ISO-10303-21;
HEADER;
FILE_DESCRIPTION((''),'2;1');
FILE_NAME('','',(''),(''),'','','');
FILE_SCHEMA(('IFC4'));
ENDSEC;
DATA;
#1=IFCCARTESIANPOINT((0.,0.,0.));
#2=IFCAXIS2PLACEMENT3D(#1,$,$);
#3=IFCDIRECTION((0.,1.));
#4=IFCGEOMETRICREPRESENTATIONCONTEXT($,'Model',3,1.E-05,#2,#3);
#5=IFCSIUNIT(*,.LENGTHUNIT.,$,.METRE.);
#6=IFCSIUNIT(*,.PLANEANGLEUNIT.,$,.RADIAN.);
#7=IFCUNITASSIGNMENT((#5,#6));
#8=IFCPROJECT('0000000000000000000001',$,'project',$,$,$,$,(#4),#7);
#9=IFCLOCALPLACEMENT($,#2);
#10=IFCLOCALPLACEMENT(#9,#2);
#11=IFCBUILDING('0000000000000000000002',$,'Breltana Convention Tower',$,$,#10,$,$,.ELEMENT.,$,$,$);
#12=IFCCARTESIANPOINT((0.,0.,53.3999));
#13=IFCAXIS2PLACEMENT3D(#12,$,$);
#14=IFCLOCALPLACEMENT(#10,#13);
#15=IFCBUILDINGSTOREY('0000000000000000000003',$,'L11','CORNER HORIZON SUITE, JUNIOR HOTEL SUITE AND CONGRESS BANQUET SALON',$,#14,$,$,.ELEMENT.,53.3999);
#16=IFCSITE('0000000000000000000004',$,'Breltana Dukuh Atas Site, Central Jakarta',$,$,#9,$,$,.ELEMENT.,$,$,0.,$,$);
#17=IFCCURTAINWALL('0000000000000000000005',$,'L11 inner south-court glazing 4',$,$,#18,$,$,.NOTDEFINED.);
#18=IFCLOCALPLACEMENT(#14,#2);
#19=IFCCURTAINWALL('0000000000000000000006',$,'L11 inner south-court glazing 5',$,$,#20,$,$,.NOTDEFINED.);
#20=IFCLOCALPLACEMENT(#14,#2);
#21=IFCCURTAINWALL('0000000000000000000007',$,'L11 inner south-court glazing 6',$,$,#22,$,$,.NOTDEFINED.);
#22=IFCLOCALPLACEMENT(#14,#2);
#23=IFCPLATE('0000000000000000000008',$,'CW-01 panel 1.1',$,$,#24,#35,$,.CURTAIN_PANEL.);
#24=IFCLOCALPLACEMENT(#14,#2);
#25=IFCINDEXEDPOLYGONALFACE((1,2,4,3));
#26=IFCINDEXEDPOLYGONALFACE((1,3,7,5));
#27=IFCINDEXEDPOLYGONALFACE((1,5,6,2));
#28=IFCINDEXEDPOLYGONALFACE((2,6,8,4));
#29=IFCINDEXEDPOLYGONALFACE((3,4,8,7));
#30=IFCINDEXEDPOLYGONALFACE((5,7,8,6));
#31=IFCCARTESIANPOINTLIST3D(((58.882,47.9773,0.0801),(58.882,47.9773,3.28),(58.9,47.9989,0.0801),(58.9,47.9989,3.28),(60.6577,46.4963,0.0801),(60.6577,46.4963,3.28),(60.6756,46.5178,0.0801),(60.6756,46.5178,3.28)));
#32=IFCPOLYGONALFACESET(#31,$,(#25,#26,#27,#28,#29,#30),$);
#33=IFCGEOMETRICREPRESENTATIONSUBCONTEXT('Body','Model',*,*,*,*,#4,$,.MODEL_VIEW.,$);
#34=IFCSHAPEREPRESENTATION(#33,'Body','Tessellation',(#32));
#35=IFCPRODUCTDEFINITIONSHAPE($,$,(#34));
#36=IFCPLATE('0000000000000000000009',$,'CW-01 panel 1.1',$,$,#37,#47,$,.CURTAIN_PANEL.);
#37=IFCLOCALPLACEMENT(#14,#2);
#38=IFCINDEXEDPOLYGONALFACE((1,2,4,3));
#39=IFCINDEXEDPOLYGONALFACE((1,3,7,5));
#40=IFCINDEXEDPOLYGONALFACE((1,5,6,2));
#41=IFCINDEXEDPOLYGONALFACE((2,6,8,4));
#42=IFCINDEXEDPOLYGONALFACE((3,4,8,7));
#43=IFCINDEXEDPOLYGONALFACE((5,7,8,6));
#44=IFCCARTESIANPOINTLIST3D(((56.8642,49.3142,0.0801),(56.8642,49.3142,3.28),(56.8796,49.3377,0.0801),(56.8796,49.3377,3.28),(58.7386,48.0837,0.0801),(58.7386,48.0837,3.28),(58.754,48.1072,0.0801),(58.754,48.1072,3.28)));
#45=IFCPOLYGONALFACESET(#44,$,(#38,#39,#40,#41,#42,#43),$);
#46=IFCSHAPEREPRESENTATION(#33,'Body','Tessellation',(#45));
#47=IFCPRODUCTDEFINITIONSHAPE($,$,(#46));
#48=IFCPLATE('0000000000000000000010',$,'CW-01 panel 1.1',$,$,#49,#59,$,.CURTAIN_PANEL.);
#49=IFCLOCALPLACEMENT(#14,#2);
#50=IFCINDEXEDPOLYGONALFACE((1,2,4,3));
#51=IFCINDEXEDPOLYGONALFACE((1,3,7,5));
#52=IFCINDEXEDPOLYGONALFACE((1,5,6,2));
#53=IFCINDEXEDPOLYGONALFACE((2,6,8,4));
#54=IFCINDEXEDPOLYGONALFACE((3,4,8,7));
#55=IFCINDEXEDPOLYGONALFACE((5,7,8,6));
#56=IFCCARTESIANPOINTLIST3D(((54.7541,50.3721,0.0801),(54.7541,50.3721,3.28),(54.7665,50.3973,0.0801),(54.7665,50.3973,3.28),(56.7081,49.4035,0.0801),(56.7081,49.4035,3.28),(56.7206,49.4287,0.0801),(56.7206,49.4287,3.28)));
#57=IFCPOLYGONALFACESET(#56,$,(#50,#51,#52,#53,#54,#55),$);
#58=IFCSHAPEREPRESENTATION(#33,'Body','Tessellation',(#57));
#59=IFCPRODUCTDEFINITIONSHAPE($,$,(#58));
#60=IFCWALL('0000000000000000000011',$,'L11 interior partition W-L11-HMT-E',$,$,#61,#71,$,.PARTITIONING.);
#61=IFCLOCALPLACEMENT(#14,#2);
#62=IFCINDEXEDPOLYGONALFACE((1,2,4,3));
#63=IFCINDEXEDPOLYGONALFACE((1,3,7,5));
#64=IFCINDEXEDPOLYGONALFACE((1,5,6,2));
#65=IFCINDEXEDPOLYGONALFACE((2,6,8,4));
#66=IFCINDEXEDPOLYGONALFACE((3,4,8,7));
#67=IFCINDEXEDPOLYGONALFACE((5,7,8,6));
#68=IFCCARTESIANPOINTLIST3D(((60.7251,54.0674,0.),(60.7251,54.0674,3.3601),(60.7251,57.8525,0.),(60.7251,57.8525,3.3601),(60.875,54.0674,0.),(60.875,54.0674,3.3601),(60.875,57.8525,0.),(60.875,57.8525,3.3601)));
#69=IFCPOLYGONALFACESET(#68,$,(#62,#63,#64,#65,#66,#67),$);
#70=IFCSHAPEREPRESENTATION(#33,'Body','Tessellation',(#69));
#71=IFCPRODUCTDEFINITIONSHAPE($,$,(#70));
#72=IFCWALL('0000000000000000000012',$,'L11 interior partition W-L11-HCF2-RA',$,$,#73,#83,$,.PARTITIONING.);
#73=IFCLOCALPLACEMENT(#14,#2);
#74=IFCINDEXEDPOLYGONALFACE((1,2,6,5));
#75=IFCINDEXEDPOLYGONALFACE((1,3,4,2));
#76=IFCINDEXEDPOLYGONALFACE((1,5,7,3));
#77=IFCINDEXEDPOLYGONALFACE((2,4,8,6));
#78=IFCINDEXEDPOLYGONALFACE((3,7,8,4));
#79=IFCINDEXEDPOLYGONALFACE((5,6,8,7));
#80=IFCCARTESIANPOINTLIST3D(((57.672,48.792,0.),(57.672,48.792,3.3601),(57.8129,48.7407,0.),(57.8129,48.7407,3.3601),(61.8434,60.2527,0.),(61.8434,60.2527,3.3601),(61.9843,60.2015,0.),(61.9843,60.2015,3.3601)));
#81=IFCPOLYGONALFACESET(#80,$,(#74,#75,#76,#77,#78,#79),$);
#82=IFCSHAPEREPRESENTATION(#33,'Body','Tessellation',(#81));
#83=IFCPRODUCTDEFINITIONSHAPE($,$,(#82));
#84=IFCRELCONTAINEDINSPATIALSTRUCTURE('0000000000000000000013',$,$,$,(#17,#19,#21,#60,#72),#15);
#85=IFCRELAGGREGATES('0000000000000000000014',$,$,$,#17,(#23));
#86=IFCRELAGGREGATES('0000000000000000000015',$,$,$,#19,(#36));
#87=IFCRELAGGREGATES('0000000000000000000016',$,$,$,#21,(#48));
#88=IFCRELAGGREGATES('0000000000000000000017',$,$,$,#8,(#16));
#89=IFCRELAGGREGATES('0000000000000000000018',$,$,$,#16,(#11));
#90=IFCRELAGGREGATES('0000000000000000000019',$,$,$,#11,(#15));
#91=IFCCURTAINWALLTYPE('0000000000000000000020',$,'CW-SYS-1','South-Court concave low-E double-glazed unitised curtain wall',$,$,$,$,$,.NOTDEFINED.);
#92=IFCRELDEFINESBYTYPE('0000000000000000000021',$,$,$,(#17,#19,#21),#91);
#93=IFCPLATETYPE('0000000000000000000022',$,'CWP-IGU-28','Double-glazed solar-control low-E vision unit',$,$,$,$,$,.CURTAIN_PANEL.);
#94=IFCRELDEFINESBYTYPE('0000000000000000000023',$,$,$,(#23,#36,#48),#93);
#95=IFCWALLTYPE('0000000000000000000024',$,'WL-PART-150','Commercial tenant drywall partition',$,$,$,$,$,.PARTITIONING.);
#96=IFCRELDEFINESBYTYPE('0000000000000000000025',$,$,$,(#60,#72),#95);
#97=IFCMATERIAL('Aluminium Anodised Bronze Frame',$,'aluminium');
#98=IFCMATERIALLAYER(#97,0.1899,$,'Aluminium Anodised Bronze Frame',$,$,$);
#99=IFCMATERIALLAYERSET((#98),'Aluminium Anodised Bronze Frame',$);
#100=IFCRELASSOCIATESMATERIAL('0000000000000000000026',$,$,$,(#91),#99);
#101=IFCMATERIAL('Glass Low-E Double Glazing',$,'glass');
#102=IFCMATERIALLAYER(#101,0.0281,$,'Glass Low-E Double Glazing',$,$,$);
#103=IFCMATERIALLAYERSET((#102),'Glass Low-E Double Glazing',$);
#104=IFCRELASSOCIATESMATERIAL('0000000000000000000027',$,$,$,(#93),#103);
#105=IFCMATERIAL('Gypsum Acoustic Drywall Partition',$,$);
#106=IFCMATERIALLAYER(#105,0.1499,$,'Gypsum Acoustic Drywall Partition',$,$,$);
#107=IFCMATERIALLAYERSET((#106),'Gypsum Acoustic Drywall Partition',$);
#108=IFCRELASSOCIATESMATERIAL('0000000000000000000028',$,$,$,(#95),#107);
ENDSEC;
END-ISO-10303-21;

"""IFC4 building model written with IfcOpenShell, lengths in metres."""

from ifc_helpers import new_model, si_unit, direction, frame, frame_2d, origin, origin_2d, place, context, subcontext, project, spatial, rectangle, extrude, source, transform, mapped, material, layer, layer_set, type_object, element, aggregate, save


model = new_model("IFC4")

# Units and contexts
model_context = context("Model", 3, precision=1e-05, world=origin(), true_north=direction((0.0, 1.0)))
body_context = subcontext(model_context, "Body", "Model", "MODEL_VIEW")
ifc_project = project(units=[si_unit("LENGTHUNIT", "METRE"), si_unit("PLANEANGLEUNIT", "RADIAN")], contexts=[model_context])

# Site, building, storey
site_placement = place(None, origin())
site = spatial("IfcSite", under=ifc_project, at=site_placement, Name="Breltana Dukuh Atas Site, Central Jakarta", CompositionType="ELEMENT", RefElevation=0.0)
building_placement = place(site_placement, origin())
building = spatial("IfcBuilding", under=site, at=building_placement, Name="Breltana Convention Tower", CompositionType="ELEMENT")
storey_placement = place(building_placement, frame((0.0, 0.0, 53.3999)))
storey = spatial("IfcBuildingStorey", under=building, at=storey_placement, Name="L11", Description="CORNER HORIZON SUITE, JUNIOR HOTEL SUITE AND CONGRESS BANQUET SALON", CompositionType="ELEMENT", Elevation=53.3999)

# Shared definitions
ifc_material_1 = material(Name="Aluminium Anodised Bronze Frame", Category="aluminium")
ifc_layer_1 = layer(ifc_material_1, 0.1899, Name="Aluminium Anodised Bronze Frame")
ifc_layer_set_1 = layer_set([ifc_layer_1], Name="Aluminium Anodised Bronze Frame")
curtain_wall_type = type_object("IfcCurtainWallType", Name="CW-SYS-1", Description="South-Court concave low-E double-glazed unitised curtain wall", PredefinedType="NOTDEFINED", material=ifc_layer_set_1)

# Curtain walls
curtain_wall_1_placement = place(storey_placement, origin())
curtain_wall_1 = element("IfcCurtainWall", 1, at=curtain_wall_1_placement, inside=storey, type_object=curtain_wall_type, Name="L11 inner south-court glazing 4", PredefinedType="NOTDEFINED")
curtain_wall_2_placement = place(storey_placement, origin())
curtain_wall_2 = element("IfcCurtainWall", 2, at=curtain_wall_2_placement, inside=storey, type_object=curtain_wall_type, Name="L11 inner south-court glazing 5", PredefinedType="NOTDEFINED")
curtain_wall_3_placement = place(storey_placement, origin())
curtain_wall_3 = element("IfcCurtainWall", 3, at=curtain_wall_3_placement, inside=storey, type_object=curtain_wall_type, Name="L11 inner south-court glazing 6", PredefinedType="NOTDEFINED")

# Plates
ifc_material_2 = material(Name="Glass Low-E Double Glazing", Category="glass")
ifc_layer_2 = layer(ifc_material_2, 0.0281, Name="Glass Low-E Double Glazing")
ifc_layer_set_2 = layer_set([ifc_layer_2], Name="Glass Low-E Double Glazing")
plate_type = type_object("IfcPlateType", Name="CWP-IGU-28", Description="Double-glazed solar-control low-E vision unit", PredefinedType="CURTAIN_PANEL", material=ifc_layer_set_2)
shared_shape_1 = source(origin(), body_context, "Body", "SweptSolid", [
    extrude(rectangle(XDim=2.3123, YDim=0.0281, at=origin_2d()), origin(), (0.0, 0.0, 1.0), 3.2),
])
plate_1_placement = place(storey_placement, frame((59.7788, 47.2476, 0.0801), z_axis=(0.0, 0.0, 1.0), x_axis=(-0.767939, 0.640523, 0.0)))
plate_1 = element("IfcPlate", 4, at=plate_1_placement, type_object=plate_type, Name="CW-01 panel 1.1", PredefinedType="CURTAIN_PANEL", context=body_context, shape_type="MappedRepresentation", body=[
    mapped(shared_shape_1, transform((0.0, 0.0, 0.0), scale=1.0)),
])
aggregate(curtain_wall_1, [plate_1])
shared_shape_2 = source(origin(), body_context, "Body", "SweptSolid", [
    extrude(rectangle(XDim=2.2422, YDim=0.0281, at=origin_2d()), origin(), (0.0, 0.0, 1.0), 3.2),
])
plate_2_placement = place(storey_placement, frame((57.8091, 48.7107, 0.0801), z_axis=(0.0, 0.0, 1.0), x_axis=(-0.835968, 0.548778, 0.0)))
plate_2 = element("IfcPlate", 5, at=plate_2_placement, type_object=plate_type, Name="CW-01 panel 1.1", PredefinedType="CURTAIN_PANEL", context=body_context, shape_type="MappedRepresentation", body=[
    mapped(shared_shape_2, transform((0.0, 0.0, 0.0), scale=1.0)),
])
aggregate(curtain_wall_2, [plate_2])
shared_shape_3 = source(origin(), body_context, "Body", "SweptSolid", [
    extrude(rectangle(XDim=2.1809, YDim=0.0281, at=origin_2d()), origin(), (0.0, 0.0, 1.0), 3.2),
])
plate_3_placement = place(storey_placement, frame((55.7373, 49.9004, 0.0801), z_axis=(0.0, 0.0, 1.0), x_axis=(-0.895968, 0.444118, 0.0)))
plate_3 = element("IfcPlate", 6, at=plate_3_placement, type_object=plate_type, Name="CW-01 panel 1.1", PredefinedType="CURTAIN_PANEL", context=body_context, shape_type="MappedRepresentation", body=[
    mapped(shared_shape_3, transform((0.0, 0.0, 0.0), scale=1.0)),
])
aggregate(curtain_wall_3, [plate_3])

# Walls
ifc_material_3 = material(Name="Gypsum Acoustic Drywall Partition")
ifc_layer_3 = layer(ifc_material_3, 0.1499, Name="Gypsum Acoustic Drywall Partition")
ifc_layer_set_3 = layer_set([ifc_layer_3], Name="Gypsum Acoustic Drywall Partition")
wall_type = type_object("IfcWallType", Name="WL-PART-150", Description="Commercial tenant drywall partition", PredefinedType="PARTITIONING", material=ifc_layer_set_3)
shared_shape_4 = source(origin(), body_context, "Body", "SweptSolid", [
    extrude(rectangle(XDim=3.7852, YDim=0.1499, at=frame_2d((1.8926, 0.0))), origin(), (0.0, 0.0, 1.0), 3.3601),
])
wall_1_placement = place(storey_placement, frame((60.8, 54.0674, 0.0), z_axis=(0.0, 0.0, 1.0), x_axis=(0.0, 1.0, 0.0)))
element("IfcWall", 7, at=wall_1_placement, inside=storey, type_object=wall_type, Name="L11 interior partition W-L11-HMT-E", PredefinedType="PARTITIONING", context=body_context, shape_type="MappedRepresentation", body=[
    mapped(shared_shape_4, transform((0.0, 0.0, 0.0), scale=1.0)),
])
shared_shape_5 = source(origin(), body_context, "Body", "SweptSolid", [
    extrude(rectangle(XDim=12.1963, YDim=0.1499, at=frame_2d((6.0981, 0.0))), origin(), (0.0, 0.0, 1.0), 3.3601),
])
wall_2_placement = place(storey_placement, frame((57.7424, 48.7664, 0.0), z_axis=(0.0, 0.0, 1.0), x_axis=(0.342023, 0.939692, 0.0)))
element("IfcWall", 8, at=wall_2_placement, inside=storey, type_object=wall_type, Name="L11 interior partition W-L11-HCF2-RA", PredefinedType="PARTITIONING", context=body_context, shape_type="MappedRepresentation", body=[
    mapped(shared_shape_5, transform((0.0, 0.0, 0.0), scale=1.0)),
])

save(model, "model.ifc")
